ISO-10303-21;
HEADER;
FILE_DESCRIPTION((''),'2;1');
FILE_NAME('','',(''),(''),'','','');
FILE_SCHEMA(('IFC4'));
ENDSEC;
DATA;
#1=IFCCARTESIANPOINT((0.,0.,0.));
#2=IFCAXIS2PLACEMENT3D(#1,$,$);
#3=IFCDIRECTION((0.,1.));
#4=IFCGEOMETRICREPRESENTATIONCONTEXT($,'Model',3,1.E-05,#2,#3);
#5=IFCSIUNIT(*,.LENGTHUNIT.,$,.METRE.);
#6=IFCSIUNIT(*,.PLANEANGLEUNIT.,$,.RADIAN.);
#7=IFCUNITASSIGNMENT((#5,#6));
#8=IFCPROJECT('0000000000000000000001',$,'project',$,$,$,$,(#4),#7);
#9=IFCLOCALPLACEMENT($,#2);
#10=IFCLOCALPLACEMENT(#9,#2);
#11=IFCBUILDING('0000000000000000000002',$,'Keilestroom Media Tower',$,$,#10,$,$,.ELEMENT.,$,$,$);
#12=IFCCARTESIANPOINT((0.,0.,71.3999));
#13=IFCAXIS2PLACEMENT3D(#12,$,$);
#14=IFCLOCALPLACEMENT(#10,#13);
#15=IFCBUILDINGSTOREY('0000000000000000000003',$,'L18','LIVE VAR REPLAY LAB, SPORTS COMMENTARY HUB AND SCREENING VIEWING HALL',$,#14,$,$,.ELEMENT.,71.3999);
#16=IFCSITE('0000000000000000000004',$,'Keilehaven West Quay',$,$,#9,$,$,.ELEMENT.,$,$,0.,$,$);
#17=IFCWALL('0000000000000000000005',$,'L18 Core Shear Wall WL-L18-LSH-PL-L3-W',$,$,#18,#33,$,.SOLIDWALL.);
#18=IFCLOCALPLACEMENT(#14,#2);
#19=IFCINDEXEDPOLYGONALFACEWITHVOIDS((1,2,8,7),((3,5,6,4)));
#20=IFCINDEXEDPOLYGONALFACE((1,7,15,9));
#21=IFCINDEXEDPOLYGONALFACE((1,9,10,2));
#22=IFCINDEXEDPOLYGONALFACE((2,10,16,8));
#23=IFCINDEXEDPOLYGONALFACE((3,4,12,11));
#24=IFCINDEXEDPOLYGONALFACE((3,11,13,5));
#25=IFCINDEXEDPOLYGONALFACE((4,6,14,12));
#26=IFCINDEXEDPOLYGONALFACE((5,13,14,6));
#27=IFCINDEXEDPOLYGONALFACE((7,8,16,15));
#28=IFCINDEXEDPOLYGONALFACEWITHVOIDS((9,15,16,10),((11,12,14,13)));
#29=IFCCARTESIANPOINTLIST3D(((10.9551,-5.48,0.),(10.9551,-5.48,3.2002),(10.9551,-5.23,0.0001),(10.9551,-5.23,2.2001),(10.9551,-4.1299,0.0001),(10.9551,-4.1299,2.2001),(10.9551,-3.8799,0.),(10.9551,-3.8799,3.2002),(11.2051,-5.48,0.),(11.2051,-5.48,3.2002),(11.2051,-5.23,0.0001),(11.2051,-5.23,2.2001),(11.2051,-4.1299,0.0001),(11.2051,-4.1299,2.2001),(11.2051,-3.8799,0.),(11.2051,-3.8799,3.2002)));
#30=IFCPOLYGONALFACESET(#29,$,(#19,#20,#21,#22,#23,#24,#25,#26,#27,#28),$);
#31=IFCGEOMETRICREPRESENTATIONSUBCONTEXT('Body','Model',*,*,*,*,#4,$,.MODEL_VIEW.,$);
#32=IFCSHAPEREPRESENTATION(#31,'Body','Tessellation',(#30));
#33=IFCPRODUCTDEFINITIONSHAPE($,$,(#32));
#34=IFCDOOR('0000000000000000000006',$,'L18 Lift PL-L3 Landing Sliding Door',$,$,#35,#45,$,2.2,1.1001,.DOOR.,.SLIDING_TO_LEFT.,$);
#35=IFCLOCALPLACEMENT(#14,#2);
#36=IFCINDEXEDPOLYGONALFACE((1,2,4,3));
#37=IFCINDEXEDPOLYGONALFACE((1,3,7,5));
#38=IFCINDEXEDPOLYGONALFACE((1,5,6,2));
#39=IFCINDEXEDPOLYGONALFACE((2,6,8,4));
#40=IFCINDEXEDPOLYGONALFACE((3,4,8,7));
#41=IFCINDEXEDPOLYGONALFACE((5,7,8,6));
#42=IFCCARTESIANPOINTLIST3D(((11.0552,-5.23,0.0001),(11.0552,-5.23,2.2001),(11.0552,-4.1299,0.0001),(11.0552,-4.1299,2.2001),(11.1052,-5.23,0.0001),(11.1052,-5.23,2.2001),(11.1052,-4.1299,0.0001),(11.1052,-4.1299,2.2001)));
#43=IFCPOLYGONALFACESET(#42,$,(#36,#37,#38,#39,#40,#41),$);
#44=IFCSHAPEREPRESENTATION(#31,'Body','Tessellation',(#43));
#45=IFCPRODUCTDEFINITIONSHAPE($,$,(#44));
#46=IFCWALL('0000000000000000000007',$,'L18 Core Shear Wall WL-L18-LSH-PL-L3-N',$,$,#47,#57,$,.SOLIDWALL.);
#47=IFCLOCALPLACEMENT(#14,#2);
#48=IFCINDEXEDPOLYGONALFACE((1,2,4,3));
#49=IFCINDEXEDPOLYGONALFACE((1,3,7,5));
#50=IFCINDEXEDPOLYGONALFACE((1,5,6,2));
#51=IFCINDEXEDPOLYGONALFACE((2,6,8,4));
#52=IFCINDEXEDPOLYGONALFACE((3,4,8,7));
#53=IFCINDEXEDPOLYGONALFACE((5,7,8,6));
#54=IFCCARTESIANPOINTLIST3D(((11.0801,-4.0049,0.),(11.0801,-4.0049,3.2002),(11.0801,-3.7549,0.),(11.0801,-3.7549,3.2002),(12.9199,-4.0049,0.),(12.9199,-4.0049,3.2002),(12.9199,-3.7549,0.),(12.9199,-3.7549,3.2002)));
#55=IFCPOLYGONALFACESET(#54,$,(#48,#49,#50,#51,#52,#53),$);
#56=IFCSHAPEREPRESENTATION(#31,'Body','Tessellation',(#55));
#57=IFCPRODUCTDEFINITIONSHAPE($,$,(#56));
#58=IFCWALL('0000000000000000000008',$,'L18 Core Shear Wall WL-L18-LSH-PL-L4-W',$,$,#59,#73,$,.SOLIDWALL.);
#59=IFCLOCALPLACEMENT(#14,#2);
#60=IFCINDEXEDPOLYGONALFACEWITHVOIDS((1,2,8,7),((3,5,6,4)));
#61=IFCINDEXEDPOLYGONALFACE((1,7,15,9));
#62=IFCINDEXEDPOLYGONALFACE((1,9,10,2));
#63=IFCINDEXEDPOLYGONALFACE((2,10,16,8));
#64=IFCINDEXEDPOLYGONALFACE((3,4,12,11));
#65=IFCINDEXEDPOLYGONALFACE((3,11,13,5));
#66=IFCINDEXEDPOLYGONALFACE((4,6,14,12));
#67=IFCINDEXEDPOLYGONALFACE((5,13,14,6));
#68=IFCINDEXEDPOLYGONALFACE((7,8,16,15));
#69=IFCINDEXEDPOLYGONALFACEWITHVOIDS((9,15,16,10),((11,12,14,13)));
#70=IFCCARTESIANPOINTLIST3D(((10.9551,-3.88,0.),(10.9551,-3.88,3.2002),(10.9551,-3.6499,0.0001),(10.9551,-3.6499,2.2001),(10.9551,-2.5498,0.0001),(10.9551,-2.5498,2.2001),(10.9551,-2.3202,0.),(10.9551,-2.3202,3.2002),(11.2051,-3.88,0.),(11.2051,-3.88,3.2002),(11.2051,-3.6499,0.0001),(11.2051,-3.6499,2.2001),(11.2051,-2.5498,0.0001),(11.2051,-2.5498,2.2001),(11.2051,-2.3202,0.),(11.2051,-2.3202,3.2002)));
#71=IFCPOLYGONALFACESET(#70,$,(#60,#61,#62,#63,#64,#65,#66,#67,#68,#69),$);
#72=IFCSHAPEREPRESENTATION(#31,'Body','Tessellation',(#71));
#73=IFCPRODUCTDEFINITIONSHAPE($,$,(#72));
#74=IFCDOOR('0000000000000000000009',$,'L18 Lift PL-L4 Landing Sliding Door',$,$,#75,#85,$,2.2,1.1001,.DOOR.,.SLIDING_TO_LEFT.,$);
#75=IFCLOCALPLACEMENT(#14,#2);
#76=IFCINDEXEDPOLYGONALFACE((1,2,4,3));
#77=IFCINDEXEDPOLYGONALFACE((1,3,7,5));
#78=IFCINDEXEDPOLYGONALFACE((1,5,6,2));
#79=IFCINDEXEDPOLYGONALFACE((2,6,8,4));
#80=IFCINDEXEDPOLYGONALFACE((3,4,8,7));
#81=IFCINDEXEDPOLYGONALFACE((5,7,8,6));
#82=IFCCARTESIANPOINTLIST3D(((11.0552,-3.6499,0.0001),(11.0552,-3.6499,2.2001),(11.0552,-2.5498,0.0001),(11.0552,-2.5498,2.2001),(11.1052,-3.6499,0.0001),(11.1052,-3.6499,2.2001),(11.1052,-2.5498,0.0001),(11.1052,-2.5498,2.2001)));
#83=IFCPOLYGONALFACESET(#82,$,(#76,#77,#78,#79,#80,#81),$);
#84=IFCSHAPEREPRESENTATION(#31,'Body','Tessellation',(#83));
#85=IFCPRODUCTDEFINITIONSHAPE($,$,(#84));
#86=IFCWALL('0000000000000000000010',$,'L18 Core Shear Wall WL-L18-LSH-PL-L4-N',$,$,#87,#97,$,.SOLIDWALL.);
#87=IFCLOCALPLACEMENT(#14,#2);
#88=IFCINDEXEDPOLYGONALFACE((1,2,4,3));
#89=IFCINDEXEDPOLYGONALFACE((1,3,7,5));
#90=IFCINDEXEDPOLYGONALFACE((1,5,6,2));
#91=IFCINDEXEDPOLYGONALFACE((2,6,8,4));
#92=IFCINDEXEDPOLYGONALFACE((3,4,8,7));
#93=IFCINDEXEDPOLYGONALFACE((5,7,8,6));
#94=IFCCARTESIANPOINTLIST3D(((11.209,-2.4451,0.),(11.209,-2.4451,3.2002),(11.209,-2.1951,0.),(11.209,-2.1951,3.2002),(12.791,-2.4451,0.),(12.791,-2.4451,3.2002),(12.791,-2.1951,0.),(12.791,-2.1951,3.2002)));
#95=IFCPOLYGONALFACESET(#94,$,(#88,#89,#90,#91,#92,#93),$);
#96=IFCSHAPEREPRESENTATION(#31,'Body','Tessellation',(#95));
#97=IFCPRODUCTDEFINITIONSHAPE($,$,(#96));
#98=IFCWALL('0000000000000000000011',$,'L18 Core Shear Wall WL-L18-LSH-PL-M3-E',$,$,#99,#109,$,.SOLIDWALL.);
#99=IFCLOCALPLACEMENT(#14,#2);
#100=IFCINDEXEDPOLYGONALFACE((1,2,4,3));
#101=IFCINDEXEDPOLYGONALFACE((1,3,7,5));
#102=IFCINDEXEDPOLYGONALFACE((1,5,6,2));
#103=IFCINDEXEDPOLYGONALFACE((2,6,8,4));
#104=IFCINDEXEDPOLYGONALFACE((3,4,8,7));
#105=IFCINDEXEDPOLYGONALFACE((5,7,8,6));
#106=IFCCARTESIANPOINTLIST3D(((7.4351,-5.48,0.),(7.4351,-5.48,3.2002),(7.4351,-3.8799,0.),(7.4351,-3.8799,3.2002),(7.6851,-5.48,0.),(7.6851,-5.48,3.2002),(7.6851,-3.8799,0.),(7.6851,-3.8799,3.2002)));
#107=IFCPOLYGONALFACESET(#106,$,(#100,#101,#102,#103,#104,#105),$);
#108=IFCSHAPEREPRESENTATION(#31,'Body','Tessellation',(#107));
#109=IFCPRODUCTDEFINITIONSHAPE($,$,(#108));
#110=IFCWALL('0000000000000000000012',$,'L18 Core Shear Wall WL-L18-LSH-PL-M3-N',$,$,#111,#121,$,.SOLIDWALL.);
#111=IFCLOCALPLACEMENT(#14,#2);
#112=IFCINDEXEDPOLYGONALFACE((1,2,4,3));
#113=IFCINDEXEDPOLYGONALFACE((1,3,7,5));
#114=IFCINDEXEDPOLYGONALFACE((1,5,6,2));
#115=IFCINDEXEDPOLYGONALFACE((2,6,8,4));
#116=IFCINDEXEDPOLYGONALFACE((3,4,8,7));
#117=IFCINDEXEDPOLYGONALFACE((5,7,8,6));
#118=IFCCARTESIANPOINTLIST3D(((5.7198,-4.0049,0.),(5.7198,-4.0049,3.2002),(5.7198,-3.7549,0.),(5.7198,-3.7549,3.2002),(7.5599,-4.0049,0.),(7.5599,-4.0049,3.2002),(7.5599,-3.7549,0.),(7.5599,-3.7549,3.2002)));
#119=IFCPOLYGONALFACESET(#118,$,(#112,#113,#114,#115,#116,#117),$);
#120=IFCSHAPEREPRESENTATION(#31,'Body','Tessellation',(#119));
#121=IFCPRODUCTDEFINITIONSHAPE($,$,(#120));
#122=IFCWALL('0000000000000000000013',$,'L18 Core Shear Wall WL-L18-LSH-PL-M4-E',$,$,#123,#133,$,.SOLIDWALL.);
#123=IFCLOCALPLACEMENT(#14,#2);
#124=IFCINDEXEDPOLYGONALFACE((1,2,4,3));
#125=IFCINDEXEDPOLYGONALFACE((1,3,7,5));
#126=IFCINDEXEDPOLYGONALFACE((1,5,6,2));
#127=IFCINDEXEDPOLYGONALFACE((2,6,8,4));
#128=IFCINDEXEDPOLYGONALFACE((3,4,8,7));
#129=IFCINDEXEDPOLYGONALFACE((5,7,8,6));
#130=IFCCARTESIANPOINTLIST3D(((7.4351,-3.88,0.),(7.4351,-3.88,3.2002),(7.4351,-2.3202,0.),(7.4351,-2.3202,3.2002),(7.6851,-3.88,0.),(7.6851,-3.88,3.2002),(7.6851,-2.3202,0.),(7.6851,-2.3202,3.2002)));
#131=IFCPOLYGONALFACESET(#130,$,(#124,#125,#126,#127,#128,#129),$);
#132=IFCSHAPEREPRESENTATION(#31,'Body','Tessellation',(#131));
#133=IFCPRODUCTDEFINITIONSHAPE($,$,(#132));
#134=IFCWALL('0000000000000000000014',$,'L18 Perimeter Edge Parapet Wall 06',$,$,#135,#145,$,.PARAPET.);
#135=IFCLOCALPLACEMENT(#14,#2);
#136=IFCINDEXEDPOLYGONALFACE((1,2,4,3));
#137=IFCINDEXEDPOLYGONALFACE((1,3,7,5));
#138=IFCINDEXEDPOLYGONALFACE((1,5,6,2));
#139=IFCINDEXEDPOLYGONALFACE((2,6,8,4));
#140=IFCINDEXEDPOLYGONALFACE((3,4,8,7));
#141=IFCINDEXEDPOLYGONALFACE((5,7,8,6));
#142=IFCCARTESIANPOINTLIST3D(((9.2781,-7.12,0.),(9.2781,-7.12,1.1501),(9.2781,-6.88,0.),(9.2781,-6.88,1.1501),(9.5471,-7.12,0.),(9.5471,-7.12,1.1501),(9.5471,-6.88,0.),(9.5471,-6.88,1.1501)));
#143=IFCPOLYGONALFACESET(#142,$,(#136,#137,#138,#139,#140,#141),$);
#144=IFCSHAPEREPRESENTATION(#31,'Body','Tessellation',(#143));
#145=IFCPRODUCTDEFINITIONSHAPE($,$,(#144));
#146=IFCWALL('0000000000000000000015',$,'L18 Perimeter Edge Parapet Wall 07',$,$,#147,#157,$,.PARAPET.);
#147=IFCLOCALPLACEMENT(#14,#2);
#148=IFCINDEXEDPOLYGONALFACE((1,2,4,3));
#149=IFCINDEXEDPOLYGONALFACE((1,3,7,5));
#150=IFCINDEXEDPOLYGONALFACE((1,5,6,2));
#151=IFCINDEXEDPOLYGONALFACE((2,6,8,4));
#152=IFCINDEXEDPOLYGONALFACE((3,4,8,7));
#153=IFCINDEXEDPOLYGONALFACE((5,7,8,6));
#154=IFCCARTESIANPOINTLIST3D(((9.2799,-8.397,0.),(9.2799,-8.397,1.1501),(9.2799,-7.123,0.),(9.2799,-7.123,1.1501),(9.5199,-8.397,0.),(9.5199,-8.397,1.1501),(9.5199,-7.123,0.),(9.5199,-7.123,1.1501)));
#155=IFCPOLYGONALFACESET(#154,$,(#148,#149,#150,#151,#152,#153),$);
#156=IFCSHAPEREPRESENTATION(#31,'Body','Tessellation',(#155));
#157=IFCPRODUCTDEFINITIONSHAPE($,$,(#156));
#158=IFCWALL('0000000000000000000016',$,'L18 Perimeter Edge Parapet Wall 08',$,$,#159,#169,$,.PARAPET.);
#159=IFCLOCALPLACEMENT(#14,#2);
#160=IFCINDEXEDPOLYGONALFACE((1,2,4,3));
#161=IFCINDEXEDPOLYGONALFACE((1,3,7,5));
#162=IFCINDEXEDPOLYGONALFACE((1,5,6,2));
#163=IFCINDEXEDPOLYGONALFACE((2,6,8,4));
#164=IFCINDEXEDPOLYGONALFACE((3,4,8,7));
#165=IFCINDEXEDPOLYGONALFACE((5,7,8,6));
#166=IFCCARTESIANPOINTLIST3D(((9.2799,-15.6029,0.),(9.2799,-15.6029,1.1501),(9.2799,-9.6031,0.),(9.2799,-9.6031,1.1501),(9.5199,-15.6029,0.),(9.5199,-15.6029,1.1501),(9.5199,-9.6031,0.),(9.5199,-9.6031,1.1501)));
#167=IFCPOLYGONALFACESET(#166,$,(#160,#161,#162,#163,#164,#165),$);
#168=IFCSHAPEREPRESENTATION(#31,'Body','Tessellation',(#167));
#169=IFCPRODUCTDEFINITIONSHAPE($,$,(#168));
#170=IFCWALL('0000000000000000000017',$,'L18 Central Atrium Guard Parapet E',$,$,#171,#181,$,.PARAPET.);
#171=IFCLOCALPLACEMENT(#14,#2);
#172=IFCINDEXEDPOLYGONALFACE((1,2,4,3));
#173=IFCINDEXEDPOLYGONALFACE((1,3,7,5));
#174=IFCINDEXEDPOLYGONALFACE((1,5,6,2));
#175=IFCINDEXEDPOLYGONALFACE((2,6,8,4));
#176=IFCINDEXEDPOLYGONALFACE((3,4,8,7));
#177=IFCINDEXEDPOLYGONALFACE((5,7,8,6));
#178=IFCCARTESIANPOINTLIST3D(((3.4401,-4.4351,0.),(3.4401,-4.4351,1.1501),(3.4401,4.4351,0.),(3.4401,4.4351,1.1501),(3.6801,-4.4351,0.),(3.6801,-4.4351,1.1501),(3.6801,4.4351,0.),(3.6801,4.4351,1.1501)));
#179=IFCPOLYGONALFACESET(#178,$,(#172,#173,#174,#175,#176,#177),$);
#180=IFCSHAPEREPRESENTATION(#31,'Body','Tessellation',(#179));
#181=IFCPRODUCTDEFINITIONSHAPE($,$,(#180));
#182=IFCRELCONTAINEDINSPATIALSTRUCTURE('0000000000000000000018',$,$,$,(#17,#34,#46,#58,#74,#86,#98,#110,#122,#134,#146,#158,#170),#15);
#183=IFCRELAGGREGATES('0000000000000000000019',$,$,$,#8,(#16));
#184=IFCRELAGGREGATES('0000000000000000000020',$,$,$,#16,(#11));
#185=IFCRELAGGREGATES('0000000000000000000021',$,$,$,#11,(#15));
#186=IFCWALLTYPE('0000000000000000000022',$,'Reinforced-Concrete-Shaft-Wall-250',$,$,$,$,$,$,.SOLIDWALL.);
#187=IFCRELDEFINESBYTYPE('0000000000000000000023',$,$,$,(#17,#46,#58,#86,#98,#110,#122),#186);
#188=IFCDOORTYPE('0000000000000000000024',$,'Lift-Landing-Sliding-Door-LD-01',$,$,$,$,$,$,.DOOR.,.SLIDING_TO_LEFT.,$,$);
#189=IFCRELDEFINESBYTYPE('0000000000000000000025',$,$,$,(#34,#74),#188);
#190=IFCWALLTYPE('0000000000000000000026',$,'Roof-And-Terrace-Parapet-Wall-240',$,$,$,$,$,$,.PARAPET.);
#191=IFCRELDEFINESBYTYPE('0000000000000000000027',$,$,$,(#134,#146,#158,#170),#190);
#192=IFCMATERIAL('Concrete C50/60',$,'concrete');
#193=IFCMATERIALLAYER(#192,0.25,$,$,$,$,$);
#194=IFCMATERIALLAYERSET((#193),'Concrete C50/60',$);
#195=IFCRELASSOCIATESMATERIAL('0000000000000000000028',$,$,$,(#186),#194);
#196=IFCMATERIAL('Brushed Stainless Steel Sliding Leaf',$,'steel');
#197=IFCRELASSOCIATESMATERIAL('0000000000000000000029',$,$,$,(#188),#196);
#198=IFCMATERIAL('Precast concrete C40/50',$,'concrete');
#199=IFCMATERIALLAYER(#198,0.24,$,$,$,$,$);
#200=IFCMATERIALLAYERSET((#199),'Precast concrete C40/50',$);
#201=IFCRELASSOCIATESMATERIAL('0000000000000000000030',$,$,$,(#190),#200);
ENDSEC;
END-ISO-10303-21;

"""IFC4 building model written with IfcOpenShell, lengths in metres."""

from ifc_helpers import new_model, si_unit, direction, frame, frame_2d, origin, place, context, subcontext, project, spatial, rectangle, extrude, source, transform, mapped, material, layer, layer_set, type_object, element, fill, save


model = new_model("IFC4")

# Units and contexts
model_context = context("Model", 3, precision=1e-05, world=origin(), true_north=direction((0.0, 1.0)))
body_context = subcontext(model_context, "Body", "Model", "MODEL_VIEW")
ifc_project = project(units=[si_unit("LENGTHUNIT", "METRE"), si_unit("PLANEANGLEUNIT", "RADIAN")], contexts=[model_context])

# Site, building, storey
site_placement = place(None, origin())
site = spatial("IfcSite", under=ifc_project, at=site_placement, Name="Keilehaven West Quay", CompositionType="ELEMENT", RefElevation=0.0)
building_placement = place(site_placement, origin())
building = spatial("IfcBuilding", under=site, at=building_placement, Name="Keilestroom Media Tower", CompositionType="ELEMENT")
storey_placement = place(building_placement, frame((0.0, 0.0, 71.3999)))
storey = spatial("IfcBuildingStorey", under=building, at=storey_placement, Name="L18", Description="LIVE VAR REPLAY LAB, SPORTS COMMENTARY HUB AND SCREENING VIEWING HALL", CompositionType="ELEMENT", Elevation=71.3999)

# Shared definitions
ifc_material_1 = material(Name="Concrete C50/60", Category="concrete")
ifc_layer_1 = layer(ifc_material_1, 0.25)
ifc_layer_set_1 = layer_set([ifc_layer_1], Name="Concrete C50/60")
wall_type_1 = type_object("IfcWallType", Name="Reinforced-Concrete-Shaft-Wall-250", PredefinedType="SOLIDWALL", material=ifc_layer_set_1)

# Shared definitions
ifc_material_2 = material(Name="Brushed Stainless Steel Sliding Leaf", Category="steel")

# Wall, opening, door
wall_1_placement = place(storey_placement, frame((11.0801, -5.48, 0.0), z_axis=(0.0, 0.0, 1.0), x_axis=(0.0, 1.0, 0.0)))
wall_1 = element("IfcWall", 1, at=wall_1_placement, inside=storey, type_object=wall_type_1, Name="L18 Core Shear Wall WL-L18-LSH-PL-L3-W", PredefinedType="SOLIDWALL", context=body_context, shape_type="SweptSolid", body=[
    extrude(rectangle(XDim=1.6001, YDim=0.25, at=frame_2d((0.8, 0.0))), origin(), (0.0, 0.0, 1.0), 3.2002),
])
opening_1_placement = place(wall_1_placement, frame((0.25, 0.0, 0.0)))
opening_1 = element("IfcOpeningElement", 2, at=opening_1_placement, cuts=wall_1, PredefinedType="OPENING", context=body_context, shape_type="SweptSolid", body=[
    extrude(rectangle(XDim=1.1001, YDim=2.2, at=frame_2d((0.55, 1.1001))), frame((0.0, 0.135, 0.0), z_axis=(0.0, -1.0, 0.0), x_axis=(1.0, 0.0, 0.0)), (0.0, 0.0, 1.0), 0.27),
])
door_type_1 = type_object("IfcDoorType", Name="Lift-Landing-Sliding-Door-LD-01", OperationType="SLIDING_TO_LEFT", PredefinedType="DOOR", material=ifc_material_2)
shared_shape_1 = source(origin(), body_context, "Body", "SweptSolid", [
    extrude(rectangle(XDim=1.1001, YDim=2.2, at=frame_2d((0.55, 1.1001))), frame((0.0, 0.0249, 0.0), z_axis=(0.0, -1.0, 0.0), x_axis=(1.0, 0.0, 0.0)), (0.0, 0.0, 1.0), 0.05),
])
door_1_placement = place(opening_1_placement, origin())
door_1 = element("IfcDoor", 3, at=door_1_placement, inside=storey, type_object=door_type_1, Name="L18 Lift PL-L3 Landing Sliding Door", OperationType="SLIDING_TO_LEFT", OverallHeight=2.2, OverallWidth=1.1001, PredefinedType="DOOR", context=body_context, shape_type="MappedRepresentation", body=[
    mapped(shared_shape_1, transform((0.0, 0.0, 0.0), x_axis=(1.0, 0.0, 0.0), y_axis=(0.0, 1.0, 0.0), z_axis=(0.0, 0.0, 1.0), scale=1.0)),
])
fill(opening_1, door_1)

# Wall
wall_2_placement = place(storey_placement, frame((11.0801, -3.8799, 0.0), z_axis=(0.0, 0.0, 1.0), x_axis=(1.0, 0.0, 0.0)))
element("IfcWall", 4, at=wall_2_placement, inside=storey, type_object=wall_type_1, Name="L18 Core Shear Wall WL-L18-LSH-PL-L3-N", PredefinedType="SOLIDWALL", context=body_context, shape_type="SweptSolid", body=[
    extrude(rectangle(XDim=1.8398, YDim=0.25, at=frame_2d((0.9199, 0.0))), origin(), (0.0, 0.0, 1.0), 3.2002),
])

# Wall, opening, door
wall_3_placement = place(storey_placement, frame((11.0801, -3.8799, 0.0), z_axis=(0.0, 0.0, 1.0), x_axis=(0.0, 1.0, 0.0)))
wall_3 = element("IfcWall", 5, at=wall_3_placement, inside=storey, type_object=wall_type_1, Name="L18 Core Shear Wall WL-L18-LSH-PL-L4-W", PredefinedType="SOLIDWALL", context=body_context, shape_type="SweptSolid", body=[
    extrude(rectangle(XDim=1.5598, YDim=0.25, at=frame_2d((0.7798, 0.0))), origin(), (0.0, 0.0, 1.0), 3.2002),
])
opening_2_placement = place(wall_3_placement, frame((0.23, 0.0, 0.0)))
opening_2 = element("IfcOpeningElement", 6, at=opening_2_placement, cuts=wall_3, PredefinedType="OPENING", context=body_context, shape_type="SweptSolid", body=[
    extrude(rectangle(XDim=1.1001, YDim=2.2, at=frame_2d((0.55, 1.1001))), frame((0.0, 0.135, 0.0), z_axis=(0.0, -1.0, 0.0), x_axis=(1.0, 0.0, 0.0)), (0.0, 0.0, 1.0), 0.27),
])
door_2_placement = place(opening_2_placement, origin())
door_2 = element("IfcDoor", 7, at=door_2_placement, inside=storey, type_object=door_type_1, Name="L18 Lift PL-L4 Landing Sliding Door", OperationType="SLIDING_TO_LEFT", OverallHeight=2.2, OverallWidth=1.1001, PredefinedType="DOOR", context=body_context, shape_type="MappedRepresentation", body=[
    mapped(shared_shape_1, transform((0.0, 0.0, 0.0), x_axis=(1.0, 0.0, 0.0), y_axis=(0.0, 1.0, 0.0), z_axis=(0.0, 0.0, 1.0), scale=1.0)),
])
fill(opening_2, door_2)

# Walls
wall_4_placement = place(storey_placement, frame((11.209, -2.3201, 0.0), z_axis=(0.0, 0.0, 1.0), x_axis=(1.0, 0.0, 0.0)))
element("IfcWall", 8, at=wall_4_placement, inside=storey, type_object=wall_type_1, Name="L18 Core Shear Wall WL-L18-LSH-PL-L4-N", PredefinedType="SOLIDWALL", context=body_context, shape_type="SweptSolid", body=[
    extrude(rectangle(XDim=1.582, YDim=0.25, at=frame_2d((0.791, 0.0))), origin(), (0.0, 0.0, 1.0), 3.2002),
])
wall_5_placement = place(storey_placement, frame((7.5601, -5.48, 0.0), z_axis=(0.0, 0.0, 1.0), x_axis=(0.0, 1.0, 0.0)))
element("IfcWall", 9, at=wall_5_placement, inside=storey, type_object=wall_type_1, Name="L18 Core Shear Wall WL-L18-LSH-PL-M3-E", PredefinedType="SOLIDWALL", context=body_context, shape_type="SweptSolid", body=[
    extrude(rectangle(XDim=1.6001, YDim=0.25, at=frame_2d((0.8, 0.0))), origin(), (0.0, 0.0, 1.0), 3.2002),
])
wall_6_placement = place(storey_placement, frame((5.72, -3.8799, 0.0), z_axis=(0.0, 0.0, 1.0), x_axis=(1.0, 0.0, 0.0)))
element("IfcWall", 10, at=wall_6_placement, inside=storey, type_object=wall_type_1, Name="L18 Core Shear Wall WL-L18-LSH-PL-M3-N", PredefinedType="SOLIDWALL", context=body_context, shape_type="SweptSolid", body=[
    extrude(rectangle(XDim=1.8401, YDim=0.25, at=frame_2d((0.9199, 0.0))), origin(), (0.0, 0.0, 1.0), 3.2002),
])
wall_7_placement = place(storey_placement, frame((7.5601, -3.8799, 0.0), z_axis=(0.0, 0.0, 1.0), x_axis=(0.0, 1.0, 0.0)))
element("IfcWall", 11, at=wall_7_placement, inside=storey, type_object=wall_type_1, Name="L18 Core Shear Wall WL-L18-LSH-PL-M4-E", PredefinedType="SOLIDWALL", context=body_context, shape_type="SweptSolid", body=[
    extrude(rectangle(XDim=1.5598, YDim=0.25, at=frame_2d((0.7798, 0.0))), origin(), (0.0, 0.0, 1.0), 3.2002),
])
ifc_material_3 = material(Name="Precast concrete C40/50", Category="concrete")
ifc_layer_2 = layer(ifc_material_3, 0.24)
ifc_layer_set_2 = layer_set([ifc_layer_2], Name="Precast concrete C40/50")
wall_type_2 = type_object("IfcWallType", Name="Roof-And-Terrace-Parapet-Wall-240", PredefinedType="PARAPET", material=ifc_layer_set_2)
wall_8_placement = place(storey_placement, frame((9.5471, -7.0, 0.0), z_axis=(0.0, 0.0, 1.0), x_axis=(-1.0, 0.0, 0.0)))
element("IfcWall", 12, at=wall_8_placement, inside=storey, type_object=wall_type_2, Name="L18 Perimeter Edge Parapet Wall 06", PredefinedType="PARAPET", context=body_context, shape_type="SweptSolid", body=[
    extrude(rectangle(XDim=0.269, YDim=0.24, at=frame_2d((0.1345, 0.0))), origin(), (0.0, 0.0, 1.0), 1.1501),
])
wall_9_placement = place(storey_placement, frame((9.3999, -7.123, 0.0), z_axis=(0.0, 0.0, 1.0), x_axis=(0.0, -1.0, 0.0)))
element("IfcWall", 13, at=wall_9_placement, inside=storey, type_object=wall_type_2, Name="L18 Perimeter Edge Parapet Wall 07", PredefinedType="PARAPET", context=body_context, shape_type="SweptSolid", body=[
    extrude(rectangle(XDim=1.2739, YDim=0.24, at=frame_2d((0.637, 0.0))), origin(), (0.0, 0.0, 1.0), 1.1501),
])
wall_10_placement = place(storey_placement, frame((9.3999, -9.603, 0.0), z_axis=(0.0, 0.0, 1.0), x_axis=(0.0, -1.0, 0.0)))
element("IfcWall", 14, at=wall_10_placement, inside=storey, type_object=wall_type_2, Name="L18 Perimeter Edge Parapet Wall 08", PredefinedType="PARAPET", context=body_context, shape_type="SweptSolid", body=[
    extrude(rectangle(XDim=5.9998, YDim=0.24, at=frame_2d((3.0, 0.0))), origin(), (0.0, 0.0, 1.0), 1.1501),
])
wall_11_placement = place(storey_placement, frame((3.5601, -4.4351, 0.0), z_axis=(0.0, 0.0, 1.0), x_axis=(0.0, 1.0, 0.0)))
element("IfcWall", 15, at=wall_11_placement, inside=storey, type_object=wall_type_2, Name="L18 Central Atrium Guard Parapet E", PredefinedType="PARAPET", context=body_context, shape_type="SweptSolid", body=[
    extrude(rectangle(XDim=8.8701, YDim=0.24, at=frame_2d((4.4351, 0.0))), origin(), (0.0, 0.0, 1.0), 1.1501),
])

save(model, "model.ifc")
